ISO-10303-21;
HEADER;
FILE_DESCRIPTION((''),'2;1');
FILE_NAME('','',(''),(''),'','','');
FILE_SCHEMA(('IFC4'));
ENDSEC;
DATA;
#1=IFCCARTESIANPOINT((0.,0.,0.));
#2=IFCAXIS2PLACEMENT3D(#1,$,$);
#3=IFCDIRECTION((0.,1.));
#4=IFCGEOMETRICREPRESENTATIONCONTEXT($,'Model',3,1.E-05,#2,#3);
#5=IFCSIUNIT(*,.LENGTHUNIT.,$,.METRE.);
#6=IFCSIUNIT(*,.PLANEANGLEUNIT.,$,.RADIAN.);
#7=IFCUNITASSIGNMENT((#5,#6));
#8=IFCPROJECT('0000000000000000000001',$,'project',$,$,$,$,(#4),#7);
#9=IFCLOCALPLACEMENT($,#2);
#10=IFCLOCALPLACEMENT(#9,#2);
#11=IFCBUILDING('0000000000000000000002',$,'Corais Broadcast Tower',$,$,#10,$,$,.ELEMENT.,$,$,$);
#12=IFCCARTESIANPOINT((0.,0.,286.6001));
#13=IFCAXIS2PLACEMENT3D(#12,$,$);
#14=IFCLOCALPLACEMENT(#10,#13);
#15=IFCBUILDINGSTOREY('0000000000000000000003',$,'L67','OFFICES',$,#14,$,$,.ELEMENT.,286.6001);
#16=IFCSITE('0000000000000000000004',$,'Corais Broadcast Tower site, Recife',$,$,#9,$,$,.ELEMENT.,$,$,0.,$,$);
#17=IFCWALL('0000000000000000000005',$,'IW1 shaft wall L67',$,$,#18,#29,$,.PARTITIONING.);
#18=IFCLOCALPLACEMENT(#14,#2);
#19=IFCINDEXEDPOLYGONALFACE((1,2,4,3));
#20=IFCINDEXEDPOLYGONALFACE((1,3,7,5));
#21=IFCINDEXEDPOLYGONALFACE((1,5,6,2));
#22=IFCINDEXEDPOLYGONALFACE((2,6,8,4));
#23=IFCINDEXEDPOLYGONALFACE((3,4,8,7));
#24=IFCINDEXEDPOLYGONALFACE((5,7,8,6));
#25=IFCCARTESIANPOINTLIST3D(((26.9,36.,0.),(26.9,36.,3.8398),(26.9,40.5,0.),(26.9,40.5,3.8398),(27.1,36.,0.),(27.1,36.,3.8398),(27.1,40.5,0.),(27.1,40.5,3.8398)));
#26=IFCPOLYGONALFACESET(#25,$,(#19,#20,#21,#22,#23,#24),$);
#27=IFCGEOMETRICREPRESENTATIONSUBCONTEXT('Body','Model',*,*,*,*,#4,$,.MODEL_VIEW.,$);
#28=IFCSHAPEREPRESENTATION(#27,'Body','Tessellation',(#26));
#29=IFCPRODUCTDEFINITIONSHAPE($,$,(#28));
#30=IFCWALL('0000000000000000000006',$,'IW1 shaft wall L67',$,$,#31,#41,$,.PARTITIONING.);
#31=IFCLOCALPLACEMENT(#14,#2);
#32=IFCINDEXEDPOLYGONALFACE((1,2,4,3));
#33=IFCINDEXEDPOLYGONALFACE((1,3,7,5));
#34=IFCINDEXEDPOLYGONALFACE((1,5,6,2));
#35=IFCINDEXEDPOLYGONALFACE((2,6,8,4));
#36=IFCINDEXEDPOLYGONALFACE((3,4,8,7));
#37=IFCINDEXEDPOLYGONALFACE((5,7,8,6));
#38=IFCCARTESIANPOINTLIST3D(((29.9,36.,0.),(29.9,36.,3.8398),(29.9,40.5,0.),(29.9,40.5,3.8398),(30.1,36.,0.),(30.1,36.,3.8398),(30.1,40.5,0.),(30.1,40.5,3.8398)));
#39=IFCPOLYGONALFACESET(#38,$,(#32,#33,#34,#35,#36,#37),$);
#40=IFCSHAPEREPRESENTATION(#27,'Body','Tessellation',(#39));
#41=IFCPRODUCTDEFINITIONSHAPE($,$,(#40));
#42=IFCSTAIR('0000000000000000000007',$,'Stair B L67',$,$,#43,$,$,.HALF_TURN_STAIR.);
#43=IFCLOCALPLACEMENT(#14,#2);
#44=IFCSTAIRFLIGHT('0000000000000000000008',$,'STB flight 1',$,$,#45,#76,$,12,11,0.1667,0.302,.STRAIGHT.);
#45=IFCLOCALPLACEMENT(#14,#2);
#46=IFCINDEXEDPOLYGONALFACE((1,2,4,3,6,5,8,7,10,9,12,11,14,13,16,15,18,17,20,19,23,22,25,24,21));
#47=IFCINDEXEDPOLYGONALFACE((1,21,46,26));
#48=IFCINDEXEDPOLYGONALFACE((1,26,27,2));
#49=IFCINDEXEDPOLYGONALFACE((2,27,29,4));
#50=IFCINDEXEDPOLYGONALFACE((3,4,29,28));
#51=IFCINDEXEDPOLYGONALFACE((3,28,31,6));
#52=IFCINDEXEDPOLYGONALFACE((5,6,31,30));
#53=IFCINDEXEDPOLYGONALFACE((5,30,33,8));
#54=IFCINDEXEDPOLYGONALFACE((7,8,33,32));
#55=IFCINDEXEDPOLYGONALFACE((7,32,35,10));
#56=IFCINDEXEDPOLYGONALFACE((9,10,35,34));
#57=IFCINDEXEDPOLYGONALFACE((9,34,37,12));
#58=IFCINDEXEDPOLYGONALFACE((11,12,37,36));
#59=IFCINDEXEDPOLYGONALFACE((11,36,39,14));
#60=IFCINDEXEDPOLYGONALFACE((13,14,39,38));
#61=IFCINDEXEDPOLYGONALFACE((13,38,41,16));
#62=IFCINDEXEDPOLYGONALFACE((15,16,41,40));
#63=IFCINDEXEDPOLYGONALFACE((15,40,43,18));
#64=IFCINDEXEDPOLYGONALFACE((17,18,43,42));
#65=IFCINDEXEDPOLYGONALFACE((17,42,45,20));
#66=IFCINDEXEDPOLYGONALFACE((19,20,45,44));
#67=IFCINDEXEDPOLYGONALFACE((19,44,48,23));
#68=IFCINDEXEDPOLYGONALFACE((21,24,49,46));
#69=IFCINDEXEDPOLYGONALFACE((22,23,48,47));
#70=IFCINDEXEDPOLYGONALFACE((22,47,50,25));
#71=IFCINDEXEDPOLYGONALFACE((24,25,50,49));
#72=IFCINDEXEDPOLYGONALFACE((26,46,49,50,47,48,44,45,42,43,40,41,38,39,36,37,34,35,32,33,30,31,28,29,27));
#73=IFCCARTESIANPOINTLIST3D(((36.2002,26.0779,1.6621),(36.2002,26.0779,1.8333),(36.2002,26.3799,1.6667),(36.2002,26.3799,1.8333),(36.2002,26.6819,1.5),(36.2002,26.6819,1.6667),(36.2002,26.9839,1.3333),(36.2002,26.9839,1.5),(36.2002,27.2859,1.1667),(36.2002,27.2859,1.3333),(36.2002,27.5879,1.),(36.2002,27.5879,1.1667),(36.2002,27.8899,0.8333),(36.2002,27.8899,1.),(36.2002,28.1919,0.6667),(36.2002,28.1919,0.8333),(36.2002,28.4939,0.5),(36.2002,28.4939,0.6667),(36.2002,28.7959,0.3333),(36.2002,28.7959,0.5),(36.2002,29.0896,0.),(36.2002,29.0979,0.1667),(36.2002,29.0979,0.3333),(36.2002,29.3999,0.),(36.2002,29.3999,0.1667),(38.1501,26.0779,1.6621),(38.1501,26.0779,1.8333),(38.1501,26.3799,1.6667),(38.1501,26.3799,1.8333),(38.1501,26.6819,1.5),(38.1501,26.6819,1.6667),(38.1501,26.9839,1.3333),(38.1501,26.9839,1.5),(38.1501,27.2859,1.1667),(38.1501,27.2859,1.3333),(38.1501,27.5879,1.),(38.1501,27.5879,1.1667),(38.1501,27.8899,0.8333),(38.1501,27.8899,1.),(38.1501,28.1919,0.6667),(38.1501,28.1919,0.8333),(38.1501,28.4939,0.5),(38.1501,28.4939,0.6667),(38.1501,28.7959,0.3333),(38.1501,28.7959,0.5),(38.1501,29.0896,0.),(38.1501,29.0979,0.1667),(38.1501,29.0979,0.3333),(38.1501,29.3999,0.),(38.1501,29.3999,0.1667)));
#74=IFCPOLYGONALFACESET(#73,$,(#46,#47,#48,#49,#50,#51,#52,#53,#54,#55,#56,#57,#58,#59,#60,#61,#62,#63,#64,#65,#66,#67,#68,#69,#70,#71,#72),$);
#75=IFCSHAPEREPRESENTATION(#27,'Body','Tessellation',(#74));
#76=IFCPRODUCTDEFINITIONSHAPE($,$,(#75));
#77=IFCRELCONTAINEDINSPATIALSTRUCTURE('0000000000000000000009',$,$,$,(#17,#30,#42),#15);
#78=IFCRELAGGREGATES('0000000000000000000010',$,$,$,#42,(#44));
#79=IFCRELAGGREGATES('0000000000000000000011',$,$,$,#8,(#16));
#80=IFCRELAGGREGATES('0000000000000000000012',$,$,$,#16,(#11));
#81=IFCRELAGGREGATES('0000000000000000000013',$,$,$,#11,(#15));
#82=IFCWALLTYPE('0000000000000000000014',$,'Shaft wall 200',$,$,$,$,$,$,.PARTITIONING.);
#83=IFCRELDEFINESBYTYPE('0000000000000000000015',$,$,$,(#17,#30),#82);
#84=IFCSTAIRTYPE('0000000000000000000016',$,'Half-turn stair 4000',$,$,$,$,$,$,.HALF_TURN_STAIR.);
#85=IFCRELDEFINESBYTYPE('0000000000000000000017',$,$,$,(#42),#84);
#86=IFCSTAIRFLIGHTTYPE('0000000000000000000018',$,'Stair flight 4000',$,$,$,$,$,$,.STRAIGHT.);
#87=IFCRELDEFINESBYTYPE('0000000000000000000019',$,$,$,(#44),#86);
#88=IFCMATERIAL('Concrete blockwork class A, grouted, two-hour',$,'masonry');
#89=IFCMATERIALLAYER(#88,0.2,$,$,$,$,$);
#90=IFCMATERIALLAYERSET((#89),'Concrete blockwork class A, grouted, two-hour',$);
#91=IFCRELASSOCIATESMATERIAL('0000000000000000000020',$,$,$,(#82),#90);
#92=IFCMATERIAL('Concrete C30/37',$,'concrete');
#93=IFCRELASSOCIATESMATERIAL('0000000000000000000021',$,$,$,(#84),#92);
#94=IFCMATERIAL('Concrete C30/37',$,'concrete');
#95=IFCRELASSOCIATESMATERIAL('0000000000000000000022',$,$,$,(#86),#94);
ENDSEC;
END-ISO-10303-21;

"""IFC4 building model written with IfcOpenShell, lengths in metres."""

from ifc_helpers import new_model, si_unit, direction, frame, frame_2d, origin, place, context, subcontext, project, spatial, polyline, rectangle, outline, extrude, material, layer, layer_set, type_object, element, aggregate, save


model = new_model("IFC4")

# Units and contexts
model_context = context("Model", 3, precision=1e-05, world=origin(), true_north=direction((0.0, 1.0)))
body_context = subcontext(model_context, "Body", "Model", "MODEL_VIEW")
ifc_project = project(units=[si_unit("LENGTHUNIT", "METRE"), si_unit("PLANEANGLEUNIT", "RADIAN")], contexts=[model_context])

# Site, building, storey
site_placement = place(None, origin())
site = spatial("IfcSite", under=ifc_project, at=site_placement, Name="Corais Broadcast Tower site, Recife", CompositionType="ELEMENT", RefElevation=0.0)
building_placement = place(site_placement, origin())
building = spatial("IfcBuilding", under=site, at=building_placement, Name="Corais Broadcast Tower", CompositionType="ELEMENT")
storey_placement = place(building_placement, frame((0.0, 0.0, 286.6001)))
storey = spatial("IfcBuildingStorey", under=building, at=storey_placement, Name="L67", Description="OFFICES", CompositionType="ELEMENT", Elevation=286.6001)

# Walls
ifc_material_1 = material(Name="Concrete blockwork class A, grouted, two-hour", Category="masonry")
ifc_layer_1 = layer(ifc_material_1, 0.2)
ifc_layer_set_1 = layer_set([ifc_layer_1], Name="Concrete blockwork class A, grouted, two-hour")
wall_type_1 = type_object("IfcWallType", Name="Shaft wall 200", PredefinedType="PARTITIONING", material=ifc_layer_set_1)
for number, where, z_axis, x_axis, name in (
    (1, (27.0, 36.0, 0.0), (0.0, 0.0, 1.0), (0.0, 1.0, 0.0), "IW1 shaft wall L67"),
    (2, (30.0, 36.0, 0.0), (0.0, 0.0, 1.0), (0.0, 1.0, 0.0), "IW1 shaft wall L67"),
):
    element("IfcWall", number, at=place(storey_placement, frame(where, z_axis=z_axis, x_axis=x_axis)), inside=storey, type_object=wall_type_1, Name=name, PredefinedType="PARTITIONING", context=body_context, shape_type="SweptSolid", body=[
        extrude(rectangle(XDim=4.5, YDim=0.2, at=frame_2d((2.25, 0.0))), origin(), (0.0, 0.0, 1.0), 3.8398),
    ])

# Stair, stair flight
ifc_material_2 = material(Name="Concrete C30/37", Category="concrete")
stair_type = type_object("IfcStairType", Name="Half-turn stair 4000", PredefinedType="HALF_TURN_STAIR", material=ifc_material_2)
stair_placement = place(storey_placement, origin())
stair = element("IfcStair", 3, at=stair_placement, inside=storey, type_object=stair_type, Name="Stair B L67", PredefinedType="HALF_TURN_STAIR")
ifc_material_3 = material(Name="Concrete C30/37", Category="concrete")
stair_flight_type = type_object("IfcStairFlightType", Name="Stair flight 4000", PredefinedType="STRAIGHT", material=ifc_material_3)
stair_flight_placement = place(storey_placement, frame((37.175, 29.3999, 0.0), z_axis=(0.0, 0.0, 1.0), x_axis=(0.0, -1.0, 0.0)))
stair_flight = element("IfcStairFlight", 4, at=stair_flight_placement, type_object=stair_flight_type, Name="STB flight 1", NumberOfRisers=12, NumberOfTreads=11, PredefinedType="STRAIGHT", RiserHeight=0.1667, TreadLength=0.302, context=body_context, shape_type="SweptSolid", body=[
    extrude(outline(polyline([(0.0, 0.0), (0.0, 0.1667), (0.302, 0.1667), (0.302, 0.3333), (0.604, 0.3333), (0.604, 0.5), (0.906, 0.5), (0.906, 0.6667), (1.208, 0.6667), (1.208, 0.8333), (1.51, 0.8333), (1.51, 1.0), (1.812, 1.0), (1.812, 1.1667), (2.114, 1.1667), (2.114, 1.3333), (2.416, 1.3333), (2.416, 1.5), (2.718, 1.5), (2.718, 1.6667), (3.02, 1.6667), (3.02, 1.8333), (3.322, 1.8333), (3.322, 2.0), (3.322, 1.6621), (0.3103, 0.0), (0.0, 0.0)])), frame((0.0, 0.9751, 0.0), z_axis=(0.0, -1.0, 0.0), x_axis=(1.0, 0.0, 0.0)), (0.0, 0.0, 1.0), 1.95),
])
aggregate(stair, [stair_flight])

save(model, "model.ifc")
